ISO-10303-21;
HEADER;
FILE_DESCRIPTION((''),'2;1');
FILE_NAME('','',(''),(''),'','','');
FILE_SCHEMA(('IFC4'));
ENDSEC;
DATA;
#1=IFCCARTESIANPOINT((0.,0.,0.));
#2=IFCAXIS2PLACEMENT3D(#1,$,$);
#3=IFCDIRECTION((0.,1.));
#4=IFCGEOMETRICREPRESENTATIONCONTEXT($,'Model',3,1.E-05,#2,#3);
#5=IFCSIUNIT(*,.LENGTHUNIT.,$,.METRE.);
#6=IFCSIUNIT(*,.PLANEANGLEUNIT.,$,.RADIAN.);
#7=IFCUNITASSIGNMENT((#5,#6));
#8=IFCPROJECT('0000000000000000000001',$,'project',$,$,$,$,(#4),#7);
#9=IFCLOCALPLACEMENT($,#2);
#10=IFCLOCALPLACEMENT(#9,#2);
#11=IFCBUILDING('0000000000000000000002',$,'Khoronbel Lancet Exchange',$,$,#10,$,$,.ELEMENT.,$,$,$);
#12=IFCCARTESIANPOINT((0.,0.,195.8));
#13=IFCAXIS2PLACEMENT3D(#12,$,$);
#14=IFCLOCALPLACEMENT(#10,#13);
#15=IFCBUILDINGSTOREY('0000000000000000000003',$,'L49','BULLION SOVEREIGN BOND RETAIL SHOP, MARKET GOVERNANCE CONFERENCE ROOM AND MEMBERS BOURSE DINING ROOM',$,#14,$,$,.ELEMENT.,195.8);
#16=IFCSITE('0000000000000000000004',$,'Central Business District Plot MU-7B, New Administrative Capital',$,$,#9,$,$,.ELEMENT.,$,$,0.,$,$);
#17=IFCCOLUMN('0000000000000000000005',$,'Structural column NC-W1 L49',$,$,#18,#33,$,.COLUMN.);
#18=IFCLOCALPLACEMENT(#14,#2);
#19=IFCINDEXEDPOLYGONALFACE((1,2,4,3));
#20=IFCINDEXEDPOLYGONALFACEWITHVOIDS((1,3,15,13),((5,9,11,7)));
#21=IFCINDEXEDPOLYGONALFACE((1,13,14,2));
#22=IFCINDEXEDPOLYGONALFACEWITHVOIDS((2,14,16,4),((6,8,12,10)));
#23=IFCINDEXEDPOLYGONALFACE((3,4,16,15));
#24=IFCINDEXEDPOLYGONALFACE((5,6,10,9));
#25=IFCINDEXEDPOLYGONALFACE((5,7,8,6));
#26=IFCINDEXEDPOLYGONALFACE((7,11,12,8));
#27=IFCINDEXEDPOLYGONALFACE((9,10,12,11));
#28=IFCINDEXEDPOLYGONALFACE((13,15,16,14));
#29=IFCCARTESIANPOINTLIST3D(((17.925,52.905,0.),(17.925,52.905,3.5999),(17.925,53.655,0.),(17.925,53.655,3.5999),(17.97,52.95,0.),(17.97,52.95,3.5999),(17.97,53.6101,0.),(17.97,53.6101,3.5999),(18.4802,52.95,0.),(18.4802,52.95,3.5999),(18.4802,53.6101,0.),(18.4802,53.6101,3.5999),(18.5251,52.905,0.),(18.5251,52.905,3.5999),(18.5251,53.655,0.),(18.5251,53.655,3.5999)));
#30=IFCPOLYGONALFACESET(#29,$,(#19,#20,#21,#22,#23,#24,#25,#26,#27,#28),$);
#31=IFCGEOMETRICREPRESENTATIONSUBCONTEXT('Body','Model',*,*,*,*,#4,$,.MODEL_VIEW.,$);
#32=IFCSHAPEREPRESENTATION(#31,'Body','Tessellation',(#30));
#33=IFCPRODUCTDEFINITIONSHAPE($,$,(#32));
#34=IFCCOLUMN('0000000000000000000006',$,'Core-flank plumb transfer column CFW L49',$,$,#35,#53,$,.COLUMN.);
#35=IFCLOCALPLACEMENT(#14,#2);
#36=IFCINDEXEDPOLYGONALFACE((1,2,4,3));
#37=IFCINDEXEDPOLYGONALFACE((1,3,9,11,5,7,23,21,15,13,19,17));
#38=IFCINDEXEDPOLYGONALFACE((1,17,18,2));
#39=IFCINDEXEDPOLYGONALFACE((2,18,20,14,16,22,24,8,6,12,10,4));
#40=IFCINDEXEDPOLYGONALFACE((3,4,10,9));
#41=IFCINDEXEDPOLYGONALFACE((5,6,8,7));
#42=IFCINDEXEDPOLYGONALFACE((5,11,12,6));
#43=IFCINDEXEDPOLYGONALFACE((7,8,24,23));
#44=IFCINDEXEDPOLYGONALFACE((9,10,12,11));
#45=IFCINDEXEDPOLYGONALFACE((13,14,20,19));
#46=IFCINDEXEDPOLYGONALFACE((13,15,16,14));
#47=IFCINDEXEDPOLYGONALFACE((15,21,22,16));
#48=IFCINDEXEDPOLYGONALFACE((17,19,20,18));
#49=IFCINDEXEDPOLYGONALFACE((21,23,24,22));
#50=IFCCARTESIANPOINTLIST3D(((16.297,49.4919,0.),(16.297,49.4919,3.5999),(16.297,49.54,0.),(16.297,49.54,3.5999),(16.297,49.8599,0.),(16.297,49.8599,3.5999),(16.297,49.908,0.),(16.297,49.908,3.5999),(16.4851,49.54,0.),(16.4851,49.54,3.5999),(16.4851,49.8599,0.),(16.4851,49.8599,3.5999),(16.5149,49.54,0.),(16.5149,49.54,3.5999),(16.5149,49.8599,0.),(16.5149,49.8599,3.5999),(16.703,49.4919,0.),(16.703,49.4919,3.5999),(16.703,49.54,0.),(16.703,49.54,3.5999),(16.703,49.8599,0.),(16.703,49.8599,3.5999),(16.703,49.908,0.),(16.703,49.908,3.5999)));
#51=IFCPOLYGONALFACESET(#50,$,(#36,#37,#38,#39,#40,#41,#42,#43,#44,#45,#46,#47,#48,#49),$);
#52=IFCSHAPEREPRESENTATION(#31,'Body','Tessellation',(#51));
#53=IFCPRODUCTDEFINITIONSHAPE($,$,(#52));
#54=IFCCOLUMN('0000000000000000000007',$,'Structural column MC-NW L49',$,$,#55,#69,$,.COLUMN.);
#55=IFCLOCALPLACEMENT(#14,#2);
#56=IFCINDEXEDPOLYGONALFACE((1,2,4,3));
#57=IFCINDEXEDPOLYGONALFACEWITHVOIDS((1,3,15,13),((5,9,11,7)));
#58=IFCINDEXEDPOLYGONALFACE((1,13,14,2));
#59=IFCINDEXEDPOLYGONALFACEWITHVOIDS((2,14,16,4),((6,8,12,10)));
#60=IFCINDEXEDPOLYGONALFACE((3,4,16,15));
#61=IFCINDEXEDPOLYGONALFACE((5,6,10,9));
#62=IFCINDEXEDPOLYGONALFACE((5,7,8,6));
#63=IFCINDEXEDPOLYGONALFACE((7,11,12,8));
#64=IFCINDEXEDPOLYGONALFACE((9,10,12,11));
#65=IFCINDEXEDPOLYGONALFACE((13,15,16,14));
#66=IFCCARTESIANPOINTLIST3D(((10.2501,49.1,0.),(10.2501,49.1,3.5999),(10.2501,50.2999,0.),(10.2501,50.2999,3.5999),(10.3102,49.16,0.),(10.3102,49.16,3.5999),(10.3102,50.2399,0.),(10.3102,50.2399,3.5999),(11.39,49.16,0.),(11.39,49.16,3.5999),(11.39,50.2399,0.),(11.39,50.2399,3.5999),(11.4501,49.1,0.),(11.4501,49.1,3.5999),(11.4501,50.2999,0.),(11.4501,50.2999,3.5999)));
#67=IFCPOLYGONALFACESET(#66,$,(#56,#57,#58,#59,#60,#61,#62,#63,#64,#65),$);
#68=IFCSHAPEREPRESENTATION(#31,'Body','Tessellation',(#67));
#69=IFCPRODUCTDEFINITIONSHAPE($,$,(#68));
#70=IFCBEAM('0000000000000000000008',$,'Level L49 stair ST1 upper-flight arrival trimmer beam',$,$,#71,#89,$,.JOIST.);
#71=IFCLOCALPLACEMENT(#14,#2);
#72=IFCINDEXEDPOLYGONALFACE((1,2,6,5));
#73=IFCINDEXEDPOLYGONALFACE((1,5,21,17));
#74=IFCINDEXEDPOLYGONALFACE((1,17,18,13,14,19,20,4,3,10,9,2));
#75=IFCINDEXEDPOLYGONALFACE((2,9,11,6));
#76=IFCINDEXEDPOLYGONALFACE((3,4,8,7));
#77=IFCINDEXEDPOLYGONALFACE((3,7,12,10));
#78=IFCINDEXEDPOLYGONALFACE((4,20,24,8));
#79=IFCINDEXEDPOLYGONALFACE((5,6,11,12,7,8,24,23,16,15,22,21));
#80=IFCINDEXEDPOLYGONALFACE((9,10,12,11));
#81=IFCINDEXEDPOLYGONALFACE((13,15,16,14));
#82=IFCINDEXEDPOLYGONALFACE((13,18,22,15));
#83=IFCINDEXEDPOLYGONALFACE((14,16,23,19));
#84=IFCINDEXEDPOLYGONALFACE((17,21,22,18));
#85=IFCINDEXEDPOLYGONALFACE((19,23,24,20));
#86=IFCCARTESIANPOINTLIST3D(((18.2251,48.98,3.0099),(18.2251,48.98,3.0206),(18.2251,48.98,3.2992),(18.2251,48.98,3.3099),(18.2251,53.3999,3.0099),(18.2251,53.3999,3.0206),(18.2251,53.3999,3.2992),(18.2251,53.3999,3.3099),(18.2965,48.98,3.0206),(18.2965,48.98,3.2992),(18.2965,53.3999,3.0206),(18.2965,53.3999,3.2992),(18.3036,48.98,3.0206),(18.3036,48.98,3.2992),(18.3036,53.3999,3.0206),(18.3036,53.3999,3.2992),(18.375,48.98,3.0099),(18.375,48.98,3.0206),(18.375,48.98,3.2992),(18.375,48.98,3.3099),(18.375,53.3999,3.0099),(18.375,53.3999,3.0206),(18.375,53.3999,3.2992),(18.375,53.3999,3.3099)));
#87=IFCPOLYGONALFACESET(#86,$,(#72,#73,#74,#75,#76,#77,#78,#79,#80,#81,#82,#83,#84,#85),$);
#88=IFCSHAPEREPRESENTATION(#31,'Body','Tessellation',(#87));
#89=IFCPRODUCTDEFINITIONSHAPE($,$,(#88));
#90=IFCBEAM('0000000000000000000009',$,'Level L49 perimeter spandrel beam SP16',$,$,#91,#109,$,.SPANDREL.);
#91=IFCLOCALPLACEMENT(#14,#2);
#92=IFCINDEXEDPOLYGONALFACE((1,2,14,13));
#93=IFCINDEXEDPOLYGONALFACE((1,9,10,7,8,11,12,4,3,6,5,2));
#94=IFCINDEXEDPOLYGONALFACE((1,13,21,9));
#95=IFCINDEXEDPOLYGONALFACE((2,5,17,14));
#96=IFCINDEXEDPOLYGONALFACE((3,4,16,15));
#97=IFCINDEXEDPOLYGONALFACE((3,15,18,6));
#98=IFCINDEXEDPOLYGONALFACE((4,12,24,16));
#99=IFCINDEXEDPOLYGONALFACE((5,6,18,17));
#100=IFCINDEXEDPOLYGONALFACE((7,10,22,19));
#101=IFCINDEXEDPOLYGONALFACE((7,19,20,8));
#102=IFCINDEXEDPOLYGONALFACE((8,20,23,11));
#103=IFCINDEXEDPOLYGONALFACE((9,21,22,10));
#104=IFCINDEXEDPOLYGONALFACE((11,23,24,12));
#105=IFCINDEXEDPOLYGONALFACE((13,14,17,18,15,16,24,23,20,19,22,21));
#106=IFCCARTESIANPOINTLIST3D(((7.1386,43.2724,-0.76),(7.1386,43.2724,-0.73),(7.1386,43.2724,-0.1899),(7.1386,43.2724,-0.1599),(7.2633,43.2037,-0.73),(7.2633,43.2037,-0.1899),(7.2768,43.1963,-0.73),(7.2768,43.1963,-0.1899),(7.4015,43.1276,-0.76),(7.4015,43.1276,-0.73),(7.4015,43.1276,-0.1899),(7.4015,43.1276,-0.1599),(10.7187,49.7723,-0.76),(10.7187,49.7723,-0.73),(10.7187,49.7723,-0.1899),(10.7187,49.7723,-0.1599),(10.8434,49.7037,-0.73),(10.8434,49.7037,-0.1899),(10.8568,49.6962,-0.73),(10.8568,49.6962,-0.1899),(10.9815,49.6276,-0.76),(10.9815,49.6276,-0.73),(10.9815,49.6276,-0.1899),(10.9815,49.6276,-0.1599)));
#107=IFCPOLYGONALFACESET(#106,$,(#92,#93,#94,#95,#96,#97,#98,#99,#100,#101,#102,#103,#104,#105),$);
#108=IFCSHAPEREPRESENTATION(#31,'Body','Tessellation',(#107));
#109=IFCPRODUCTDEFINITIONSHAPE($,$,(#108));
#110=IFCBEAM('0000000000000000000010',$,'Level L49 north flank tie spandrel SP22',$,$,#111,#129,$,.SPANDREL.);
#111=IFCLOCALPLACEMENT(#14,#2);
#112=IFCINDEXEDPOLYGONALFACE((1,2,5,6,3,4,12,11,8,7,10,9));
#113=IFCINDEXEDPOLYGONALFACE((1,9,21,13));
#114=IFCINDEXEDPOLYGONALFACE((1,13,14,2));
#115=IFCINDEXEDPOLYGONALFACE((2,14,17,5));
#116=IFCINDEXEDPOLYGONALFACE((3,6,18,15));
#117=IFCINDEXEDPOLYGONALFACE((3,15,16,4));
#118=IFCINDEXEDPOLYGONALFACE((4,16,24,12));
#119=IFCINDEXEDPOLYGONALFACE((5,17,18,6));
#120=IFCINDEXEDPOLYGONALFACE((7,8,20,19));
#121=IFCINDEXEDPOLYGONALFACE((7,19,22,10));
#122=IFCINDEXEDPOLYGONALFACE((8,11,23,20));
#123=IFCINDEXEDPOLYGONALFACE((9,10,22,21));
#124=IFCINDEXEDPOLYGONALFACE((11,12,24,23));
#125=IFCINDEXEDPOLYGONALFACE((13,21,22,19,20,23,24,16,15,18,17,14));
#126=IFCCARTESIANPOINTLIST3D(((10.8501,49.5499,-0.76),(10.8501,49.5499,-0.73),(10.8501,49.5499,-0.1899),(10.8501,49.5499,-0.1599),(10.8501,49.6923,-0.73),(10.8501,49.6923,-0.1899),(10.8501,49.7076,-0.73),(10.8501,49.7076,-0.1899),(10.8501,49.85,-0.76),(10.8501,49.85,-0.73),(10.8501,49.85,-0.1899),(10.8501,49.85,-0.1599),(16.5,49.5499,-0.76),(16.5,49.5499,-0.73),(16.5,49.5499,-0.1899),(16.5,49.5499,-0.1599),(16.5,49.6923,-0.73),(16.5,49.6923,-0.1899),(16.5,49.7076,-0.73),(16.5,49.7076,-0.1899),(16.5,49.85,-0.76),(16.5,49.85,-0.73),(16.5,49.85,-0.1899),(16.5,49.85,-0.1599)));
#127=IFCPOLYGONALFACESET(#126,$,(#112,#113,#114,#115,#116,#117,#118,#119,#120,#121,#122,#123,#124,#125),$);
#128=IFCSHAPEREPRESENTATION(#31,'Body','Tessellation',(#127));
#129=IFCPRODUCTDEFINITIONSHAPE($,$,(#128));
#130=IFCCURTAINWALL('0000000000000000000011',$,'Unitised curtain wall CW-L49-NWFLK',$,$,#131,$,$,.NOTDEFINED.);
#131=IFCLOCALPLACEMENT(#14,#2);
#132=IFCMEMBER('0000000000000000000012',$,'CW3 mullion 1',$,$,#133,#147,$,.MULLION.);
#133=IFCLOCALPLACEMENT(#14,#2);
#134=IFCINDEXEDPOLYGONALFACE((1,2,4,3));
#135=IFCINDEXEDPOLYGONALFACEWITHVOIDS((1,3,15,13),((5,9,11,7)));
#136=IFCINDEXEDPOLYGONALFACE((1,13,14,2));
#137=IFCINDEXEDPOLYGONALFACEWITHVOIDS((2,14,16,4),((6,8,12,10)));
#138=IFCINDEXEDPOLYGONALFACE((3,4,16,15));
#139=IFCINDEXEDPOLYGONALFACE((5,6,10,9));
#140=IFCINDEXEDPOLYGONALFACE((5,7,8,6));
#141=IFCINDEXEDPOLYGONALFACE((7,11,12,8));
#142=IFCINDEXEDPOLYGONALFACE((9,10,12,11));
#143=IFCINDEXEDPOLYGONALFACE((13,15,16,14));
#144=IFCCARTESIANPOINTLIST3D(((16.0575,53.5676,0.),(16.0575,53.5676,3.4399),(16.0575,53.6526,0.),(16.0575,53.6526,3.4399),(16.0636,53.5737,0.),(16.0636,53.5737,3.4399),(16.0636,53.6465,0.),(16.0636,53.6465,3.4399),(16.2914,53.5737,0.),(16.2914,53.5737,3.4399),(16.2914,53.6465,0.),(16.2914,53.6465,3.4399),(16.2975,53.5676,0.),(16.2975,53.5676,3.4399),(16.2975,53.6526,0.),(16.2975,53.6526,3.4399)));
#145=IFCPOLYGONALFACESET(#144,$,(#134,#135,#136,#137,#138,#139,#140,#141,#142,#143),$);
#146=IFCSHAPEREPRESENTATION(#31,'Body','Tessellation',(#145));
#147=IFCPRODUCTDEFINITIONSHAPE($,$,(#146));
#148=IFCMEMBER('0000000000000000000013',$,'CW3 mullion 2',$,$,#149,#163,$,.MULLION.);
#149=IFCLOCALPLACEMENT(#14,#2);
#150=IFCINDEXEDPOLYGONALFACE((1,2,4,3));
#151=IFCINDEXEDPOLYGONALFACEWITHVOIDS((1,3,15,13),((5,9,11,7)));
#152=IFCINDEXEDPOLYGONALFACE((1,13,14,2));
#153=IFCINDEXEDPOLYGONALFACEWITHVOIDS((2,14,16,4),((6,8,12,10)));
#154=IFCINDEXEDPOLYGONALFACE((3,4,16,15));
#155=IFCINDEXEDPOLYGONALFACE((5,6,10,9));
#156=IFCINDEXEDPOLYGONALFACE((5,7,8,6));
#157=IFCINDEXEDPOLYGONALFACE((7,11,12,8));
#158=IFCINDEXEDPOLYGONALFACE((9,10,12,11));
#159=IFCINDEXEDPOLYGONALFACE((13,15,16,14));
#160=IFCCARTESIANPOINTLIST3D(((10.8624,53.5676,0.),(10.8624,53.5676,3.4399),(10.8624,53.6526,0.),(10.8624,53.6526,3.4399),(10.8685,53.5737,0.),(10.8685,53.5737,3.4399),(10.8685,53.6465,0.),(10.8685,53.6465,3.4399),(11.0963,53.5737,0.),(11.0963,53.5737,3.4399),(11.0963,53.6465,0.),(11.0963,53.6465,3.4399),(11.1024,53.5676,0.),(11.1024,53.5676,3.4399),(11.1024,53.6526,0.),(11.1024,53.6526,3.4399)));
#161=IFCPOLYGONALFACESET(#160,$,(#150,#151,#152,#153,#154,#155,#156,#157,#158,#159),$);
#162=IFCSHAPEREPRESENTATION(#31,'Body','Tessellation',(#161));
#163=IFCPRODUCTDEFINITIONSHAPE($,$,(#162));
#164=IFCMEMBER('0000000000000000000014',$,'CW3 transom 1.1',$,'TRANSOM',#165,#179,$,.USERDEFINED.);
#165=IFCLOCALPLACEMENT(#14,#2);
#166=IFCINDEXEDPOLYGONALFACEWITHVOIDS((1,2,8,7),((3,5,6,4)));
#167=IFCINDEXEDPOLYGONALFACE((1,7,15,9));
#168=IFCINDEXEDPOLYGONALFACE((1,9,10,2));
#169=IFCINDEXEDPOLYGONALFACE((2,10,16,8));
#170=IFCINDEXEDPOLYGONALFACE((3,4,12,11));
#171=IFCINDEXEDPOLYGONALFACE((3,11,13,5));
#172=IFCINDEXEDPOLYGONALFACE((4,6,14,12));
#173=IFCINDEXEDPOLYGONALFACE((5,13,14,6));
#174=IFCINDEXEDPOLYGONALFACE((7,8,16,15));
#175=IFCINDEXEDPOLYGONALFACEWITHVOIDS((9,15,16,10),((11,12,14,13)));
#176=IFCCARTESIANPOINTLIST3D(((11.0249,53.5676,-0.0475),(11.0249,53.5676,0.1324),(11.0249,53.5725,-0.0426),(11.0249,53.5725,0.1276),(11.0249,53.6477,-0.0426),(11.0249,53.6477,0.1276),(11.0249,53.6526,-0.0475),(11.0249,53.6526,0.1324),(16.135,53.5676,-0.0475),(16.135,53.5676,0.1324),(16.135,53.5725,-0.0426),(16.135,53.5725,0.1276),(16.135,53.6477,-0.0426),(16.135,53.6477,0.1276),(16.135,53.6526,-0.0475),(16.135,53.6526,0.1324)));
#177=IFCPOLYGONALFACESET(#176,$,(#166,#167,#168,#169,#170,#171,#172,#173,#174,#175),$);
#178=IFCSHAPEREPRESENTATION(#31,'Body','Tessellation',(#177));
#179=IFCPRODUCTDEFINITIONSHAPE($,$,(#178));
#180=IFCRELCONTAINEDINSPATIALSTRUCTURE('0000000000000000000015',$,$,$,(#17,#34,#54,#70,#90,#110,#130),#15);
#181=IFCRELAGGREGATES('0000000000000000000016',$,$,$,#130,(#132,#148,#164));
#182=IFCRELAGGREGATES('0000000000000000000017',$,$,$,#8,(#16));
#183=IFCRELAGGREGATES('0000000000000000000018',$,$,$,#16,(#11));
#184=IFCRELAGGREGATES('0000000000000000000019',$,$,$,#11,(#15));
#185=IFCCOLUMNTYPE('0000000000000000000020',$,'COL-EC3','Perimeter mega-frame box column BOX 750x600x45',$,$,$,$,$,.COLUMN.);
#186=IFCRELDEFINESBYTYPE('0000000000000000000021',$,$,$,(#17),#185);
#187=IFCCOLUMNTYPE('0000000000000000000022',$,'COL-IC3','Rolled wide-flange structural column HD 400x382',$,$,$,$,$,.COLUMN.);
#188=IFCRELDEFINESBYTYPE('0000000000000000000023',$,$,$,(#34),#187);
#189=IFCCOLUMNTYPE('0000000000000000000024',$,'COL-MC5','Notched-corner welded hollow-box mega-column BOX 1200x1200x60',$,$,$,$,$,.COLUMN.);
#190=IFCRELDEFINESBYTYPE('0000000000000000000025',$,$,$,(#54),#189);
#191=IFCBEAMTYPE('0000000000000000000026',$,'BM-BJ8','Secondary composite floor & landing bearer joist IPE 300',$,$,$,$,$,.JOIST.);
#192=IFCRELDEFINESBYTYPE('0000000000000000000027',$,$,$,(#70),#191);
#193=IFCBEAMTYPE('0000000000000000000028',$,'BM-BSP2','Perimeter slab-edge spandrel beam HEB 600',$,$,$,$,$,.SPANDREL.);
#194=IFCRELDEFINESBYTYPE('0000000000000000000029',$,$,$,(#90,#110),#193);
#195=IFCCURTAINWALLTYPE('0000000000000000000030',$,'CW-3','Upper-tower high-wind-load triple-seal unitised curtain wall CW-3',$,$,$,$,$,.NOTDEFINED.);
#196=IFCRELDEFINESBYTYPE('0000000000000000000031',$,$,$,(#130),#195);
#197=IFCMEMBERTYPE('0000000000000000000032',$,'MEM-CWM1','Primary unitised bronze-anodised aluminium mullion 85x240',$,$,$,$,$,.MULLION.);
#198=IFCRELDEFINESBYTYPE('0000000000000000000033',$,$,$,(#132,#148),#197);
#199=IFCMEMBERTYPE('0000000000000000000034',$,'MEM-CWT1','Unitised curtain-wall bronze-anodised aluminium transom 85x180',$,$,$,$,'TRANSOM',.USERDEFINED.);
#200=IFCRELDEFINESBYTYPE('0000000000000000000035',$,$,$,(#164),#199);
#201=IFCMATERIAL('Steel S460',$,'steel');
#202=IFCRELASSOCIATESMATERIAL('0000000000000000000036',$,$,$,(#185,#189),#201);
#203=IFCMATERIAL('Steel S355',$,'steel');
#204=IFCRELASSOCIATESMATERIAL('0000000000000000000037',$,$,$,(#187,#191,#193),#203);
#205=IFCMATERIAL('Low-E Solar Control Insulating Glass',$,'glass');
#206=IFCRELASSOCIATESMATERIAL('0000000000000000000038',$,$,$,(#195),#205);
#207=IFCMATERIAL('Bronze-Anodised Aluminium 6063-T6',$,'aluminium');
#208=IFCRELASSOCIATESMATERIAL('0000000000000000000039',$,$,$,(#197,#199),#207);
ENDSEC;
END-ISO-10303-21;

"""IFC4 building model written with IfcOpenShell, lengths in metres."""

from ifc_helpers import new_model, si_unit, direction, frame, origin, origin_2d, place, context, subcontext, project, spatial, hollow_rectangle, i_section, extrude, material, material_profile, profile_set, type_object, element, aggregate, save


model = new_model("IFC4")

# Units and contexts
model_context = context("Model", 3, precision=1e-05, world=origin(), true_north=direction((0.0, 1.0)))
body_context = subcontext(model_context, "Body", "Model", "MODEL_VIEW")
ifc_project = project(units=[si_unit("LENGTHUNIT", "METRE"), si_unit("PLANEANGLEUNIT", "RADIAN")], contexts=[model_context])

# Site, building, storey
site_placement = place(None, origin())
site = spatial("IfcSite", under=ifc_project, at=site_placement, Name="Central Business District Plot MU-7B, New Administrative Capital", CompositionType="ELEMENT", RefElevation=0.0)
building_placement = place(site_placement, origin())
building = spatial("IfcBuilding", under=site, at=building_placement, Name="Khoronbel Lancet Exchange", CompositionType="ELEMENT")
storey_placement = place(building_placement, frame((0.0, 0.0, 195.8)))
storey = spatial("IfcBuildingStorey", under=building, at=storey_placement, Name="L49", Description="BULLION SOVEREIGN BOND RETAIL SHOP, MARKET GOVERNANCE CONFERENCE ROOM AND MEMBERS BOURSE DINING ROOM", CompositionType="ELEMENT", Elevation=195.8)

# Columns
ifc_material_1 = material(Name="Steel S460", Category="steel")
ifc_material_profile_1 = material_profile(ifc_material_1, hollow_rectangle(XDim=0.6001, YDim=0.75, WallThickness=0.0449, at=origin_2d()), Name="BOX 750x600x45")
ifc_profile_set_1 = profile_set([ifc_material_profile_1], Name="Steel S460")
column_type_1 = type_object("IfcColumnType", Name="COL-EC3", Description="Perimeter mega-frame box column BOX 750x600x45", PredefinedType="COLUMN", material=ifc_profile_set_1)
column_1_placement = place(storey_placement, frame((18.2251, 53.28, 0.0), z_axis=(0.0, 0.0, 1.0), x_axis=(1.0, 0.0, 0.0)))
element("IfcColumn", 1, at=column_1_placement, inside=storey, type_object=column_type_1, Name="Structural column NC-W1 L49", PredefinedType="COLUMN", context=body_context, shape_type="SweptSolid", body=[
    extrude(hollow_rectangle(XDim=0.6001, YDim=0.75, WallThickness=0.0449, at=origin_2d()), origin(), (0.0, 0.0, 1.0), 3.5999),
])
ifc_material_2 = material(Name="Steel S355", Category="steel")
ifc_material_profile_2 = material_profile(ifc_material_2, i_section(OverallWidth=0.406, OverallDepth=0.416, WebThickness=0.0298, FlangeThickness=0.0481, at=origin_2d()), Name="HD 400x382")
ifc_profile_set_2 = profile_set([ifc_material_profile_2], Name="Steel S355")
column_type_2 = type_object("IfcColumnType", Name="COL-IC3", Description="Rolled wide-flange structural column HD 400x382", PredefinedType="COLUMN", material=ifc_profile_set_2)
column_2_placement = place(storey_placement, frame((16.5, 49.7, 0.0), z_axis=(0.0, 0.0, 1.0), x_axis=(1.0, 0.0, 0.0)))
element("IfcColumn", 2, at=column_2_placement, inside=storey, type_object=column_type_2, Name="Core-flank plumb transfer column CFW L49", PredefinedType="COLUMN", context=body_context, shape_type="SweptSolid", body=[
    extrude(i_section(OverallWidth=0.406, OverallDepth=0.416, WebThickness=0.0298, FlangeThickness=0.0481, at=origin_2d()), origin(), (0.0, 0.0, 1.0), 3.5999),
])
ifc_material_profile_3 = material_profile(ifc_material_1, hollow_rectangle(XDim=1.2, YDim=1.2, WallThickness=0.0601, at=origin_2d()), Name="BOX 1200x1200x60")
ifc_profile_set_3 = profile_set([ifc_material_profile_3], Name="Steel S460")
column_type_3 = type_object("IfcColumnType", Name="COL-MC5", Description="Notched-corner welded hollow-box mega-column BOX 1200x1200x60", PredefinedType="COLUMN", material=ifc_profile_set_3)
column_3_placement = place(storey_placement, frame((10.8501, 49.7, 0.0), z_axis=(0.0, 0.0, 1.0), x_axis=(1.0, 0.0, 0.0)))
element("IfcColumn", 3, at=column_3_placement, inside=storey, type_object=column_type_3, Name="Structural column MC-NW L49", PredefinedType="COLUMN", context=body_context, shape_type="SweptSolid", body=[
    extrude(hollow_rectangle(XDim=1.2, YDim=1.2, WallThickness=0.0601, at=origin_2d()), origin(), (0.0, 0.0, 1.0), 3.5999),
])

# Beams
ifc_material_profile_4 = material_profile(ifc_material_2, i_section(OverallWidth=0.1499, OverallDepth=0.3, WebThickness=0.0071, FlangeThickness=0.0107, at=origin_2d()), Name="IPE 300")
ifc_profile_set_4 = profile_set([ifc_material_profile_4], Name="Steel S355")
beam_type_1 = type_object("IfcBeamType", Name="BM-BJ8", Description="Secondary composite floor & landing bearer joist IPE 300", PredefinedType="JOIST", material=ifc_profile_set_4)
beam_1_placement = place(storey_placement, frame((18.3, 48.98, 3.1599), z_axis=(0.0, 1.0, 0.0), x_axis=(-1.0, 0.0, 0.0)))
element("IfcBeam", 4, at=beam_1_placement, inside=storey, type_object=beam_type_1, Name="Level L49 stair ST1 upper-flight arrival trimmer beam", PredefinedType="JOIST", context=body_context, shape_type="SweptSolid", body=[
    extrude(i_section(OverallWidth=0.1499, OverallDepth=0.3, WebThickness=0.0071, FlangeThickness=0.0107, at=origin_2d()), origin(), (0.0, 0.0, 1.0), 4.4199),
])
ifc_material_profile_5 = material_profile(ifc_material_2, i_section(OverallWidth=0.3, OverallDepth=0.6001, WebThickness=0.0154, FlangeThickness=0.03, at=origin_2d()), Name="HEB 600")
ifc_profile_set_5 = profile_set([ifc_material_profile_5], Name="Steel S355")
beam_type_2 = type_object("IfcBeamType", Name="BM-BSP2", Description="Perimeter slab-edge spandrel beam HEB 600", PredefinedType="SPANDREL", material=ifc_profile_set_5)
beam_2_placement = place(storey_placement, frame((10.8501, 49.7, -0.46), z_axis=(-0.482444, -0.875927, 0.0), x_axis=(0.875927, -0.482444, 0.0)))
element("IfcBeam", 5, at=beam_2_placement, inside=storey, type_object=beam_type_2, Name="Level L49 perimeter spandrel beam SP16", PredefinedType="SPANDREL", context=body_context, shape_type="SweptSolid", body=[
    extrude(i_section(OverallWidth=0.3, OverallDepth=0.6001, WebThickness=0.0154, FlangeThickness=0.03, at=origin_2d()), origin(), (0.0, 0.0, 1.0), 7.4207),
])
beam_3_placement = place(storey_placement, frame((10.8501, 49.7, -0.46), z_axis=(1.0, 0.0, 0.0), x_axis=(0.0, 1.0, 0.0)))
element("IfcBeam", 6, at=beam_3_placement, inside=storey, type_object=beam_type_2, Name="Level L49 north flank tie spandrel SP22", PredefinedType="SPANDREL", context=body_context, shape_type="SweptSolid", body=[
    extrude(i_section(OverallWidth=0.3, OverallDepth=0.6001, WebThickness=0.0154, FlangeThickness=0.03, at=origin_2d()), origin(), (0.0, 0.0, 1.0), 5.6499),
])

# Curtain wall, members
ifc_material_3 = material(Name="Low-E Solar Control Insulating Glass", Category="glass")
curtain_wall_type = type_object("IfcCurtainWallType", Name="CW-3", Description="Upper-tower high-wind-load triple-seal unitised curtain wall CW-3", PredefinedType="NOTDEFINED", material=ifc_material_3)
curtain_wall_placement = place(storey_placement, origin())
curtain_wall = element("IfcCurtainWall", 7, at=curtain_wall_placement, inside=storey, type_object=curtain_wall_type, Name="Unitised curtain wall CW-L49-NWFLK", PredefinedType="NOTDEFINED")
ifc_material_4 = material(Name="Bronze-Anodised Aluminium 6063-T6", Category="aluminium")
ifc_material_profile_6 = material_profile(ifc_material_4, hollow_rectangle(XDim=0.085, YDim=0.24, WallThickness=0.0061, at=origin_2d()), Name="ALU MULLION 85x240")
ifc_profile_set_6 = profile_set([ifc_material_profile_6], Name="Bronze-Anodised Aluminium 6063-T6")
member_type_1 = type_object("IfcMemberType", Name="MEM-CWM1", Description="Primary unitised bronze-anodised aluminium mullion 85x240", PredefinedType="MULLION", material=ifc_profile_set_6)
member_1_placement = place(storey_placement, frame((16.1775, 53.6101, 0.0), z_axis=(0.0, 0.0, 1.0), x_axis=(0.0, -1.0, 0.0)))
member_1 = element("IfcMember", 8, at=member_1_placement, type_object=member_type_1, Name="CW3 mullion 1", PredefinedType="MULLION", context=body_context, shape_type="SweptSolid", body=[
    extrude(hollow_rectangle(XDim=0.085, YDim=0.24, WallThickness=0.0061, at=origin_2d()), origin(), (0.0, 0.0, 1.0), 3.4399),
])
member_2_placement = place(storey_placement, frame((10.9824, 53.6101, 0.0), z_axis=(0.0, 0.0, 1.0), x_axis=(0.0, -1.0, 0.0)))
member_2 = element("IfcMember", 9, at=member_2_placement, type_object=member_type_1, Name="CW3 mullion 2", PredefinedType="MULLION", context=body_context, shape_type="SweptSolid", body=[
    extrude(hollow_rectangle(XDim=0.085, YDim=0.24, WallThickness=0.0061, at=origin_2d()), origin(), (0.0, 0.0, 1.0), 3.4399),
])
ifc_material_profile_7 = material_profile(ifc_material_4, hollow_rectangle(XDim=0.085, YDim=0.1799, WallThickness=0.0049, at=origin_2d()), Name="ALU TRANSOM 85x180")
ifc_profile_set_7 = profile_set([ifc_material_profile_7], Name="Bronze-Anodised Aluminium 6063-T6")
member_type_2 = type_object("IfcMemberType", Name="MEM-CWT1", Description="Unitised curtain-wall bronze-anodised aluminium transom 85x180", ElementType="TRANSOM", PredefinedType="USERDEFINED", material=ifc_profile_set_7)
member_3_placement = place(storey_placement, frame((16.135, 53.6101, 0.0425), z_axis=(-1.0, 0.0, 0.0), x_axis=(0.0, -1.0, 0.0)))
member_3 = element("IfcMember", 10, at=member_3_placement, type_object=member_type_2, Name="CW3 transom 1.1", ObjectType="TRANSOM", PredefinedType="USERDEFINED", context=body_context, shape_type="SweptSolid", body=[
    extrude(hollow_rectangle(XDim=0.085, YDim=0.1799, WallThickness=0.0049, at=origin_2d()), origin(), (0.0, 0.0, 1.0), 5.1101),
])
aggregate(curtain_wall, [member_1, member_2, member_3])

save(model, "model.ifc")
